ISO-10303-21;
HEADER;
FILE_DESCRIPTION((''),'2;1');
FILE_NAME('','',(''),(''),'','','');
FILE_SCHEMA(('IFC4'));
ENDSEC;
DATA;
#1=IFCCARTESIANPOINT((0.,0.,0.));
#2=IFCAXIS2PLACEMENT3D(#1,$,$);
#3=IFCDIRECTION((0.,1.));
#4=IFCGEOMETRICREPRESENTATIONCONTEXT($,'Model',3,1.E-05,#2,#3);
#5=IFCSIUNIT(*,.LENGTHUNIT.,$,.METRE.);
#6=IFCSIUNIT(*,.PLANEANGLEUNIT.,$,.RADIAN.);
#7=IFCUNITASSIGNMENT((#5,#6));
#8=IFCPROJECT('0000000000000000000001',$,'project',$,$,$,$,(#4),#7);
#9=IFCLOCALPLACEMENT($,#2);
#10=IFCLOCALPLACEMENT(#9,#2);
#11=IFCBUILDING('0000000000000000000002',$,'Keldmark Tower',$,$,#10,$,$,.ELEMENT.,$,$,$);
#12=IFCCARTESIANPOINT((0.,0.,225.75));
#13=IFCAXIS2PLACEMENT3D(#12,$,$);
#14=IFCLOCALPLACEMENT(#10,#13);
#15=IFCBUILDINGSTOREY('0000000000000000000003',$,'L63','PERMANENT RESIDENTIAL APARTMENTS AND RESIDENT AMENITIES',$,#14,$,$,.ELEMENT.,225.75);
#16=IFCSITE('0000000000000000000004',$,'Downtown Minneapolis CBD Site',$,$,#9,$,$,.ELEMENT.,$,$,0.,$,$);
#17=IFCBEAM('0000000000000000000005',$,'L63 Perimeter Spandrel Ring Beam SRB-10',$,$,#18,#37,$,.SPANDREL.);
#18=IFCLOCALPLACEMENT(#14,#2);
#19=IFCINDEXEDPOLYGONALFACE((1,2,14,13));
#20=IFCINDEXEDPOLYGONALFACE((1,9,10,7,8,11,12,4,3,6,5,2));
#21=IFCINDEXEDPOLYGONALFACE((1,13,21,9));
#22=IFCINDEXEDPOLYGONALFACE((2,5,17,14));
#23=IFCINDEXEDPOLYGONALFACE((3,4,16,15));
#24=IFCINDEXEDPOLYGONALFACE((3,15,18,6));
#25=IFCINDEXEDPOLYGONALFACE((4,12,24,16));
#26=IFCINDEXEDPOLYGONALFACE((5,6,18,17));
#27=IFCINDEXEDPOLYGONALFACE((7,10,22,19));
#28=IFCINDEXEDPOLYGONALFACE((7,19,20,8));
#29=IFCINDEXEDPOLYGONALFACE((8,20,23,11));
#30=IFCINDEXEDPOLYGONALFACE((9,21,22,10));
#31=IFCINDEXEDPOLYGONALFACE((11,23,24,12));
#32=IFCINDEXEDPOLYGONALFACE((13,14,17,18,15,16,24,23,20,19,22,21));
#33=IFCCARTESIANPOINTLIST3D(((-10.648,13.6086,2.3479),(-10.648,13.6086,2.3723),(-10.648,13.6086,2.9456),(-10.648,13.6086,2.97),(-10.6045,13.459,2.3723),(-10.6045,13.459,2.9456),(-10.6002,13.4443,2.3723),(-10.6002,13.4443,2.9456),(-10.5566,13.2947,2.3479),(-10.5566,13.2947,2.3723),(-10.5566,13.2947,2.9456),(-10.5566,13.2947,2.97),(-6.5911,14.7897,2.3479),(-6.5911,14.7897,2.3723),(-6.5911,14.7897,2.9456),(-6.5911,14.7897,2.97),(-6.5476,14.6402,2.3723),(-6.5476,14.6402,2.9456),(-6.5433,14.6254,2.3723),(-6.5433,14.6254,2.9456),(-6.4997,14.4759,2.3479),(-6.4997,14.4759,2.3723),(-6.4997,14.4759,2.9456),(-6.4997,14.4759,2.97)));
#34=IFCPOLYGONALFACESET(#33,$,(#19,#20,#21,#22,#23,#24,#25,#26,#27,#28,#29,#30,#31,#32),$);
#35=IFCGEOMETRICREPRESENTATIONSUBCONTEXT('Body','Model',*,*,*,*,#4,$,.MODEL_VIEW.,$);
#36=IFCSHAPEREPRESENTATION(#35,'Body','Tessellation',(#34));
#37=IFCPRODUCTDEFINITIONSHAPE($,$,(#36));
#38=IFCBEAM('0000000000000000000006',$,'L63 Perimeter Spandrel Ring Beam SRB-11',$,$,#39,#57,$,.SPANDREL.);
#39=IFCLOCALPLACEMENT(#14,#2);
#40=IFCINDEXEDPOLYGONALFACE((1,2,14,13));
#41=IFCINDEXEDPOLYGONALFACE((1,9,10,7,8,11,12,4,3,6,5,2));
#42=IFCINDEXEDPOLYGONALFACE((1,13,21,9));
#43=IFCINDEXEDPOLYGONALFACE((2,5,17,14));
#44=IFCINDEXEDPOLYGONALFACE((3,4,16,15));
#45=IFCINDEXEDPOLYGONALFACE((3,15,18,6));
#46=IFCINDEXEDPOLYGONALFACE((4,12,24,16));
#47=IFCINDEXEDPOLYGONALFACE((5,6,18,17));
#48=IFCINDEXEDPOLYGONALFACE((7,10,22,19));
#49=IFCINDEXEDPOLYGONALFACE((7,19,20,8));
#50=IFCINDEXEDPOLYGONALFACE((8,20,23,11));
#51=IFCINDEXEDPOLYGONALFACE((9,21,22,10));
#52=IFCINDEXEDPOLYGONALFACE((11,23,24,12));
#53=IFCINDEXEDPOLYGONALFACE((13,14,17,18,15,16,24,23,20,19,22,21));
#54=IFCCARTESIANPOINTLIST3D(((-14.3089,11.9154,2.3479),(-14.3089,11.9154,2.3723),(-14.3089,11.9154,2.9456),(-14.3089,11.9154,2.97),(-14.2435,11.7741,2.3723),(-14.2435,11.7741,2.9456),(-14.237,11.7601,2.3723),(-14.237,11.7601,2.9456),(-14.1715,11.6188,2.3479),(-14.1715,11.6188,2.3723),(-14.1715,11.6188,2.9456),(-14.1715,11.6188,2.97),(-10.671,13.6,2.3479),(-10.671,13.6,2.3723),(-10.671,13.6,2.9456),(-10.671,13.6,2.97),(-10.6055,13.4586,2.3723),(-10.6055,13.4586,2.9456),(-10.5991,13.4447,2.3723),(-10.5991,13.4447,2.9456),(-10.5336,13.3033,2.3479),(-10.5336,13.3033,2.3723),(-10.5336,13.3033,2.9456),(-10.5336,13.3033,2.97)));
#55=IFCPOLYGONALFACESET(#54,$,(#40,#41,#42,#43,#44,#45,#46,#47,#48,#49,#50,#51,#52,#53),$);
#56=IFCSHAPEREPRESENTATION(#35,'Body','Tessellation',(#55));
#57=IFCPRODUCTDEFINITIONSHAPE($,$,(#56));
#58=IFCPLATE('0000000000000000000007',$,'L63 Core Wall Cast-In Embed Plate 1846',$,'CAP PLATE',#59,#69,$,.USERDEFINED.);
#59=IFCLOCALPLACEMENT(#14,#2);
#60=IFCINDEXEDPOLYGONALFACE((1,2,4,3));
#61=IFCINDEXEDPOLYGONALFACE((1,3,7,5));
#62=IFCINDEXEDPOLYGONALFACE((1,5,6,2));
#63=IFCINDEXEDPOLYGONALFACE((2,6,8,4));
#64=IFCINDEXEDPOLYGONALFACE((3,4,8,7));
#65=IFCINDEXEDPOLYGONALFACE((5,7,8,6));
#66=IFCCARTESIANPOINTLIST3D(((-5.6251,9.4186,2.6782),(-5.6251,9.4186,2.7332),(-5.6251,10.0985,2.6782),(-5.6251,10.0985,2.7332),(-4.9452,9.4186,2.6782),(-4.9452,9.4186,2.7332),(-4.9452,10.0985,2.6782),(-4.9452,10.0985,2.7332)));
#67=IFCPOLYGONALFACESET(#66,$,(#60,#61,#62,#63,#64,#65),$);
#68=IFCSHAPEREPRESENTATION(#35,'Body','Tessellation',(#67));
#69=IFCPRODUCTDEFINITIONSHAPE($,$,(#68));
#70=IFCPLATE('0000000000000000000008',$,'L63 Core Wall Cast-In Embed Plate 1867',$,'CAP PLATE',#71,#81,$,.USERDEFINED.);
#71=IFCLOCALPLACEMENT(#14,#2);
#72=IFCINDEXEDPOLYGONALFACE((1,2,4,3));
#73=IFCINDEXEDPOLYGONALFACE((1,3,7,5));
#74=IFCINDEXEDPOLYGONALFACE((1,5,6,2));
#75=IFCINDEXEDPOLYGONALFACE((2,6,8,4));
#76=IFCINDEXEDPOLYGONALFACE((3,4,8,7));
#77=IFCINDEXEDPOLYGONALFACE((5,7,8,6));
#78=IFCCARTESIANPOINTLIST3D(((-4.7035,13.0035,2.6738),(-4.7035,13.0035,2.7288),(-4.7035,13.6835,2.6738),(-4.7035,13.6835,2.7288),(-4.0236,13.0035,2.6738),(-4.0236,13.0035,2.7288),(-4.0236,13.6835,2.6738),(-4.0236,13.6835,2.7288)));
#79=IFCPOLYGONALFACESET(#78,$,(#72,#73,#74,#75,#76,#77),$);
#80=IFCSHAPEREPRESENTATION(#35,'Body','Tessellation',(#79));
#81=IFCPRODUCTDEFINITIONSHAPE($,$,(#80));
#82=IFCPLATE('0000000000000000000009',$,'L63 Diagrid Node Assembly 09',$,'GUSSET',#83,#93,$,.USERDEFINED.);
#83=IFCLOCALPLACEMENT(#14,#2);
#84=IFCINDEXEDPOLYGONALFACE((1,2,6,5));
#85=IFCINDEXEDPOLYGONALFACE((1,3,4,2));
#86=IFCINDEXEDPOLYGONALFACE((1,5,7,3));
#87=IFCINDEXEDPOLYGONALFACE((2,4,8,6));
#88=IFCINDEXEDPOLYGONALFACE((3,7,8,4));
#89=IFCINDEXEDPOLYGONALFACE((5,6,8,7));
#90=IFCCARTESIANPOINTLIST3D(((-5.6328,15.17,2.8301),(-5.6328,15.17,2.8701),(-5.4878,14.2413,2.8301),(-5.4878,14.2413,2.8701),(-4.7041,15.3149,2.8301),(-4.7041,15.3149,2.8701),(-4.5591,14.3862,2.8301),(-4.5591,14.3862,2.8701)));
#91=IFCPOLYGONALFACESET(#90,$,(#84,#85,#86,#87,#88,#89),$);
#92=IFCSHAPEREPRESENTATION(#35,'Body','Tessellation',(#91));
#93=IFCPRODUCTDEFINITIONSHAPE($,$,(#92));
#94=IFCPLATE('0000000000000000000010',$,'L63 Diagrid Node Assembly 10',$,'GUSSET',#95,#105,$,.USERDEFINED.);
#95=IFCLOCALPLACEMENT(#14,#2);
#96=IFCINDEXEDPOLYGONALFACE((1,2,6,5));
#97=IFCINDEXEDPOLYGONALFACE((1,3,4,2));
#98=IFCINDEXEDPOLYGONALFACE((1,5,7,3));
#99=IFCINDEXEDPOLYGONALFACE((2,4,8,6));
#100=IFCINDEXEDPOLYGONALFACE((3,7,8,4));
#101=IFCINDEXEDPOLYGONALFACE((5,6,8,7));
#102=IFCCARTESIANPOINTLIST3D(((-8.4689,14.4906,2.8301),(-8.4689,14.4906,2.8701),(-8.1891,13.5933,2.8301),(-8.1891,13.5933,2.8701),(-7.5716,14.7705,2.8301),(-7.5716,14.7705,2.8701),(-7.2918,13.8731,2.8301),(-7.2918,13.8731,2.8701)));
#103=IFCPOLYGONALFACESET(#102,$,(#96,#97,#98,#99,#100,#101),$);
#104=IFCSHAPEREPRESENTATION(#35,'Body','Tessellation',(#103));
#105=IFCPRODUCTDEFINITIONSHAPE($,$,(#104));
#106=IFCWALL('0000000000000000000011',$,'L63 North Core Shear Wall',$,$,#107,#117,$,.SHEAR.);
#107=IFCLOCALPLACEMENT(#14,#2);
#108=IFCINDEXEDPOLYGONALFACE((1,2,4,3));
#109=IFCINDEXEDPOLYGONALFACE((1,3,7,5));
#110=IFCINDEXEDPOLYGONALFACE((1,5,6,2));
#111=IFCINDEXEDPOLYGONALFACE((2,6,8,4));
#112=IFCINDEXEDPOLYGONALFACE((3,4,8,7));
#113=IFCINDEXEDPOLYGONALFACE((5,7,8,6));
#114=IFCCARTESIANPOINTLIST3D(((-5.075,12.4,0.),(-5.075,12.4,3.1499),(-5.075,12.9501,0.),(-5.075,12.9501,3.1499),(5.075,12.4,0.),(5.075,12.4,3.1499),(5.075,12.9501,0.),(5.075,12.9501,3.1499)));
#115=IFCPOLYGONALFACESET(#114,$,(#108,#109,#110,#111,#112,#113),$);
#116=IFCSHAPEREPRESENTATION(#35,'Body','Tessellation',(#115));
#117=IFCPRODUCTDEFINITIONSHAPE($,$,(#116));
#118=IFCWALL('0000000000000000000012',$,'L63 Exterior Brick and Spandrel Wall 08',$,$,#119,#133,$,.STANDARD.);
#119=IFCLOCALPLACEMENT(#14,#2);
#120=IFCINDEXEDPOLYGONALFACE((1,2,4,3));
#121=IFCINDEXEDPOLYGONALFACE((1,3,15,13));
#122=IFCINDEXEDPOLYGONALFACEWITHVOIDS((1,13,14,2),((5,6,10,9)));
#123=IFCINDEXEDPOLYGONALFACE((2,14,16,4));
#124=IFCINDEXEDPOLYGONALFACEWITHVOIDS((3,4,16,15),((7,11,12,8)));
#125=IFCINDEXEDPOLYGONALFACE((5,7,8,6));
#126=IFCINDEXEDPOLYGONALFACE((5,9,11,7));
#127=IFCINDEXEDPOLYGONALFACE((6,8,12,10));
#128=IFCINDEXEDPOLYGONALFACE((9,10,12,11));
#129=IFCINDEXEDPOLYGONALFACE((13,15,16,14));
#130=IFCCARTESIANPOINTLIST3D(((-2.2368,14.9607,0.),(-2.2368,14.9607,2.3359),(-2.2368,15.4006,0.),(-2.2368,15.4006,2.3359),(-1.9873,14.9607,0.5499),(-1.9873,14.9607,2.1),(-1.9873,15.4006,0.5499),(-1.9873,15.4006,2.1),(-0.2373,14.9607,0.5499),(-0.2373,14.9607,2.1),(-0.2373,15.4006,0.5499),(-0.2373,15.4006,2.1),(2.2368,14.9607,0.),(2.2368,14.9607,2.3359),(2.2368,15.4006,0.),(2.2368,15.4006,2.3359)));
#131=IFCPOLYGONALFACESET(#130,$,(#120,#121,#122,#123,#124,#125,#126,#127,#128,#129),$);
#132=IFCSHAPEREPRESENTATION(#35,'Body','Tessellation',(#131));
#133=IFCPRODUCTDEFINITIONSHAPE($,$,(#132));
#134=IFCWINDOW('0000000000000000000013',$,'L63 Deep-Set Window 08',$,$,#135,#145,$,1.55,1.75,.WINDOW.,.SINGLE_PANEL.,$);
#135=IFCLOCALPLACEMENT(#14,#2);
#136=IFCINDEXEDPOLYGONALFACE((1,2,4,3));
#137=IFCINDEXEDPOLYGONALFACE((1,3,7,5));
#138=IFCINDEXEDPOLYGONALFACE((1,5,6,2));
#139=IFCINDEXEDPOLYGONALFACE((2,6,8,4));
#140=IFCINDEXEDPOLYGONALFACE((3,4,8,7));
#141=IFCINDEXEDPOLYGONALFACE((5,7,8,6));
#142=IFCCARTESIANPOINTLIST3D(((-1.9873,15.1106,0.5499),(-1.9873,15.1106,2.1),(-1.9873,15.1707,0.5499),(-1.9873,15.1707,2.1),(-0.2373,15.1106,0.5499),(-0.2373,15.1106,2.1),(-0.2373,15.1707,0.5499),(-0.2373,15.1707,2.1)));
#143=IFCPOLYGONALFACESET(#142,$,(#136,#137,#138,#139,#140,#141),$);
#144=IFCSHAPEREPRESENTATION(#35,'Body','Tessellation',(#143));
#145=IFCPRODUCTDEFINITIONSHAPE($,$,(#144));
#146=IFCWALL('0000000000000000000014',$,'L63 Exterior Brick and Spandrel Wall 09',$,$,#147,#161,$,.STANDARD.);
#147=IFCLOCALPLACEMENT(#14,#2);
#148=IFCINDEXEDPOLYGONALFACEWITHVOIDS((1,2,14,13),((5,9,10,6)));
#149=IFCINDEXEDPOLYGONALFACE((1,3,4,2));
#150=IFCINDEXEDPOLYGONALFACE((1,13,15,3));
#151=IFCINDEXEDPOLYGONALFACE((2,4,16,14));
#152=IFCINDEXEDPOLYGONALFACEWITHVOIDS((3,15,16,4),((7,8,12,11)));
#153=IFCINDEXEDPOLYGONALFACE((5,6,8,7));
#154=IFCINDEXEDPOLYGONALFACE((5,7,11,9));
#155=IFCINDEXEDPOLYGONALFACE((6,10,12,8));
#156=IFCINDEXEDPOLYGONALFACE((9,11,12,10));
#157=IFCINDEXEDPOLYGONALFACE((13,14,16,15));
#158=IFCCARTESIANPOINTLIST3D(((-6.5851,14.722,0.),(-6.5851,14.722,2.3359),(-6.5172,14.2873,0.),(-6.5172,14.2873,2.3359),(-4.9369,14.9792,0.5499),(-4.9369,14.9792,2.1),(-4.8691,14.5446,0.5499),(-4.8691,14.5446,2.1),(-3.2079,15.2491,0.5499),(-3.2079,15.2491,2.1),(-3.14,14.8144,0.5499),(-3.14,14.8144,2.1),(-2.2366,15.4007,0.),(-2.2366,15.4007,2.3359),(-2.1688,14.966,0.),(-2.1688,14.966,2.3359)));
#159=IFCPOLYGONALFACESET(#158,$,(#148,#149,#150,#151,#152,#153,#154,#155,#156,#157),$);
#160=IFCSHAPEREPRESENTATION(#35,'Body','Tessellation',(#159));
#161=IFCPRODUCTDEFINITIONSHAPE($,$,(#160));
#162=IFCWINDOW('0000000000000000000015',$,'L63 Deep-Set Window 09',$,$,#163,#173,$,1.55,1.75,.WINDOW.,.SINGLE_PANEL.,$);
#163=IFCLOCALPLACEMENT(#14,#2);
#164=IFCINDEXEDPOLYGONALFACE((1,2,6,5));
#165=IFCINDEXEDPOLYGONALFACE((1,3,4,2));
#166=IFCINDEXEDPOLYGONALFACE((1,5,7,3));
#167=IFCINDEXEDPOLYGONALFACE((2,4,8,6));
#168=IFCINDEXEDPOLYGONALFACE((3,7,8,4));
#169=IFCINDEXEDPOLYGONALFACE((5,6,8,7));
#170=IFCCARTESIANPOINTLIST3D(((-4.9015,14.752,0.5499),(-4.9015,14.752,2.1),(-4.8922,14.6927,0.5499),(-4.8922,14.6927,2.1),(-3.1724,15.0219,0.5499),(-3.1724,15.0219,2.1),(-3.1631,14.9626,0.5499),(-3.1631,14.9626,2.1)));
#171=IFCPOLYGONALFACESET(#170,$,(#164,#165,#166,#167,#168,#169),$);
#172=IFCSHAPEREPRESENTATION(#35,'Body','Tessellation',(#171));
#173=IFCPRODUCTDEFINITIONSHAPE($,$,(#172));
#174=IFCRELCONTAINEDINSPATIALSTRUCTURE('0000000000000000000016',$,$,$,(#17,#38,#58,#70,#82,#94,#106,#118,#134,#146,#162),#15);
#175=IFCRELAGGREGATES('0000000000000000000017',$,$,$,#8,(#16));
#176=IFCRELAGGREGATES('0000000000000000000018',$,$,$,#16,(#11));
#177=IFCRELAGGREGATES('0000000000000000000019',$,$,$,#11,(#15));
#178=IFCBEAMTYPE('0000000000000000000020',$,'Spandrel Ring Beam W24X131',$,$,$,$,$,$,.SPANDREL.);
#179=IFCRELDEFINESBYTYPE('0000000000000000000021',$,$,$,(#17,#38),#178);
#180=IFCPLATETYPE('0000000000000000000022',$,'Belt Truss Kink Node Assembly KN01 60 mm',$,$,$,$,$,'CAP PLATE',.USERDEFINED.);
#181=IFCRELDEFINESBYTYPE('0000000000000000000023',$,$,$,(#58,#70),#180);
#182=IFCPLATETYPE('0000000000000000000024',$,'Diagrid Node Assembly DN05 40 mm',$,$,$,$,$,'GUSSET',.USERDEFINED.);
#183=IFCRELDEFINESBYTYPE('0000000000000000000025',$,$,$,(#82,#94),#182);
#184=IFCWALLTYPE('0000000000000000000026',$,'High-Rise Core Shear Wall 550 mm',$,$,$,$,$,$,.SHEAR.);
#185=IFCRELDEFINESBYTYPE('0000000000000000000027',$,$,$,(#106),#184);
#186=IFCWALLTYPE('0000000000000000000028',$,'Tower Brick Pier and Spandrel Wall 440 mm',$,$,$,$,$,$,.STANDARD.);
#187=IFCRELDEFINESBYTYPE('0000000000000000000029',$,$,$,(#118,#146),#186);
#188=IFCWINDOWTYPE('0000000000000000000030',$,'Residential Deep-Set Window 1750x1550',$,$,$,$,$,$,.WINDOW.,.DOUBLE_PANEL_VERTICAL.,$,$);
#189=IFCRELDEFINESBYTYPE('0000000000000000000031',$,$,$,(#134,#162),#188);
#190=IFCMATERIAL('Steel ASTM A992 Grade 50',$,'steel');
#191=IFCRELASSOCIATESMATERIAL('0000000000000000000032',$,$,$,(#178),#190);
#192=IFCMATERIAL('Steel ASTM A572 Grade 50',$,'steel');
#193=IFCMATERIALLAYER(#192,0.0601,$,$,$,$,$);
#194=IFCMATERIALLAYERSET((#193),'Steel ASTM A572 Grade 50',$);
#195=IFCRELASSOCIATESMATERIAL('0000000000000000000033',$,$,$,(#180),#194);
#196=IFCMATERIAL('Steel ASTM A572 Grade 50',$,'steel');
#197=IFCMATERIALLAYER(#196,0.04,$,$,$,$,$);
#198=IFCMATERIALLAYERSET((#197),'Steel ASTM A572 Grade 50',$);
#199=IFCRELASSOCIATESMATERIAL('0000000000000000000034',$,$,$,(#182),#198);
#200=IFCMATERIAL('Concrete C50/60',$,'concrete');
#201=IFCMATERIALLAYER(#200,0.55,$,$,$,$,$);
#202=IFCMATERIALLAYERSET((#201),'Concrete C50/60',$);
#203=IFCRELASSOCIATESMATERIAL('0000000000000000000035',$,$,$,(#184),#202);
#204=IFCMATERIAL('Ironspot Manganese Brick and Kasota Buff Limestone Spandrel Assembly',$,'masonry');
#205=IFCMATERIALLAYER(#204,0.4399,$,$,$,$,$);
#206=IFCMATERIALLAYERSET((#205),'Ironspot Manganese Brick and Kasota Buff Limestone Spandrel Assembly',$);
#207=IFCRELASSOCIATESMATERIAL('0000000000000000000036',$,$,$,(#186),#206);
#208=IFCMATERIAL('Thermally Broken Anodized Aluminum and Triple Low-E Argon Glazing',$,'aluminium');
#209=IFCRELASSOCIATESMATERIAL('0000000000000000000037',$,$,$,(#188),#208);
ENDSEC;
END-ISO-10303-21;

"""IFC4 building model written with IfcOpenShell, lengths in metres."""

from ifc_helpers import new_model, si_unit, direction, frame, frame_2d, origin, origin_2d, place, context, subcontext, project, spatial, rectangle, i_section, extrude, material, layer, layer_set, material_profile, profile_set, type_object, element, fill, save


model = new_model("IFC4")

# Units and contexts
model_context = context("Model", 3, precision=1e-05, world=origin(), true_north=direction((0.0, 1.0)))
body_context = subcontext(model_context, "Body", "Model", "MODEL_VIEW")
ifc_project = project(units=[si_unit("LENGTHUNIT", "METRE"), si_unit("PLANEANGLEUNIT", "RADIAN")], contexts=[model_context])

# Site, building, storey
site_placement = place(None, origin())
site = spatial("IfcSite", under=ifc_project, at=site_placement, Name="Downtown Minneapolis CBD Site", CompositionType="ELEMENT", RefElevation=0.0)
building_placement = place(site_placement, origin())
building = spatial("IfcBuilding", under=site, at=building_placement, Name="Keldmark Tower", CompositionType="ELEMENT")
storey_placement = place(building_placement, frame((0.0, 0.0, 225.75)))
storey = spatial("IfcBuildingStorey", under=building, at=storey_placement, Name="L63", Description="PERMANENT RESIDENTIAL APARTMENTS AND RESIDENT AMENITIES", CompositionType="ELEMENT", Elevation=225.75)

# Beams
ifc_material_1 = material(Name="Steel ASTM A992 Grade 50", Category="steel")
ifc_material_profile_1 = material_profile(ifc_material_1, i_section(OverallWidth=0.3269, OverallDepth=0.6221, WebThickness=0.0154, FlangeThickness=0.0244, at=origin_2d()), Name="W24X131")
ifc_profile_set_1 = profile_set([ifc_material_profile_1], Name="Steel ASTM A992 Grade 50")
beam_type_1 = type_object("IfcBeamType", Name="Spandrel Ring Beam W24X131", PredefinedType="SPANDREL", material=ifc_profile_set_1)
beam_1_placement = place(storey_placement, frame((-6.5454, 14.6328, 2.6589), z_axis=(-0.960134, -0.279541, 0.0), x_axis=(0.279541, -0.960134, 0.0)))
element("IfcBeam", 1, at=beam_1_placement, inside=storey, type_object=beam_type_1, Name="L63 Perimeter Spandrel Ring Beam SRB-10", PredefinedType="SPANDREL", context=body_context, shape_type="SweptSolid", body=[
    extrude(i_section(OverallWidth=0.3269, OverallDepth=0.6221, WebThickness=0.0154, FlangeThickness=0.0244, at=origin_2d()), origin(), (0.0, 0.0, 1.0), 4.2253),
])
beam_2_placement = place(storey_placement, frame((-10.6023, 13.4517, 2.6589), z_axis=(-0.907435, -0.420193, 0.0), x_axis=(0.420193, -0.907435, 0.0)))
element("IfcBeam", 2, at=beam_2_placement, inside=storey, type_object=beam_type_1, Name="L63 Perimeter Spandrel Ring Beam SRB-11", PredefinedType="SPANDREL", context=body_context, shape_type="SweptSolid", body=[
    extrude(i_section(OverallWidth=0.3269, OverallDepth=0.6221, WebThickness=0.0154, FlangeThickness=0.0244, at=origin_2d()), origin(), (0.0, 0.0, 1.0), 4.009),
])

# Plates
ifc_material_2 = material(Name="Steel ASTM A572 Grade 50", Category="steel")
ifc_layer_1 = layer(ifc_material_2, 0.0601)
ifc_layer_set_1 = layer_set([ifc_layer_1], Name="Steel ASTM A572 Grade 50")
plate_type_1 = type_object("IfcPlateType", Name="Belt Truss Kink Node Assembly KN01 60 mm", ElementType="CAP PLATE", PredefinedType="USERDEFINED", material=ifc_layer_set_1)
for number, where, z_axis, x_axis, name in (
    (3, (-5.2852, 9.7585, 2.6782), (0.0, 0.0, 1.0), (1.0, 0.0, 0.0), "L63 Core Wall Cast-In Embed Plate 1846"),
    (4, (-4.3635, 13.3435, 2.6738), (0.0, 0.0, 1.0), (1.0, 0.0, 0.0), "L63 Core Wall Cast-In Embed Plate 1867"),
):
    element("IfcPlate", number, at=place(storey_placement, frame(where, z_axis=z_axis, x_axis=x_axis)), inside=storey, type_object=plate_type_1, Name=name, ObjectType="CAP PLATE", PredefinedType="USERDEFINED", context=body_context, shape_type="SweptSolid", body=[
        extrude(rectangle(XDim=0.6799, YDim=0.6799, at=origin_2d()), origin(), (0.0, 0.0, 1.0), 0.0549),
    ])
ifc_material_3 = material(Name="Steel ASTM A572 Grade 50", Category="steel")
ifc_layer_2 = layer(ifc_material_3, 0.04)
ifc_layer_set_2 = layer_set([ifc_layer_2], Name="Steel ASTM A572 Grade 50")
plate_type_2 = type_object("IfcPlateType", Name="Diagrid Node Assembly DN05 40 mm", ElementType="GUSSET", PredefinedType="USERDEFINED", material=ifc_layer_set_2)
for number, where, z_axis, x_axis, name in (
    (5, (-5.0959, 14.7781, 2.8301), (0.0, 0.0, 1.0), (-0.988041, -0.154193, 0.0), "L63 Diagrid Node Assembly 09"),
    (6, (-7.8804, 14.1819, 2.8301), (0.0, 0.0, 1.0), (-0.954657, -0.297708, 0.0), "L63 Diagrid Node Assembly 10"),
):
    element("IfcPlate", number, at=place(storey_placement, frame(where, z_axis=z_axis, x_axis=x_axis)), inside=storey, type_object=plate_type_2, Name=name, ObjectType="GUSSET", PredefinedType="USERDEFINED", context=body_context, shape_type="SweptSolid", body=[
        extrude(rectangle(XDim=0.9399, YDim=0.9399, at=origin_2d()), origin(), (0.0, 0.0, 1.0), 0.04),
    ])

# Wall
ifc_material_4 = material(Name="Concrete C50/60", Category="concrete")
ifc_layer_3 = layer(ifc_material_4, 0.55)
ifc_layer_set_3 = layer_set([ifc_layer_3], Name="Concrete C50/60")
wall_type_1 = type_object("IfcWallType", Name="High-Rise Core Shear Wall 550 mm", PredefinedType="SHEAR", material=ifc_layer_set_3)
wall_1_placement = place(storey_placement, frame((-5.075, 12.675, 0.0), z_axis=(0.0, 0.0, 1.0), x_axis=(1.0, 0.0, 0.0)))
element("IfcWall", 7, at=wall_1_placement, inside=storey, type_object=wall_type_1, Name="L63 North Core Shear Wall", PredefinedType="SHEAR", context=body_context, shape_type="SweptSolid", body=[
    extrude(rectangle(XDim=10.1499, YDim=0.55, at=frame_2d((5.075, 0.0))), origin(), (0.0, 0.0, 1.0), 3.1499),
])

# Walls, openings, windows
ifc_material_5 = material(Name="Ironspot Manganese Brick and Kasota Buff Limestone Spandrel Assembly", Category="masonry")
ifc_layer_4 = layer(ifc_material_5, 0.4399)
ifc_layer_set_4 = layer_set([ifc_layer_4], Name="Ironspot Manganese Brick and Kasota Buff Limestone Spandrel Assembly")
wall_type_2 = type_object("IfcWallType", Name="Tower Brick Pier and Spandrel Wall 440 mm", PredefinedType="STANDARD", material=ifc_layer_set_4)
wall_2_placement = place(storey_placement, frame((-2.2368, 15.1807, 0.0), z_axis=(0.0, 0.0, 1.0), x_axis=(1.0, 0.0, 0.0)))
wall_2 = element("IfcWall", 8, at=wall_2_placement, inside=storey, type_object=wall_type_2, Name="L63 Exterior Brick and Spandrel Wall 08", PredefinedType="STANDARD", context=body_context, shape_type="SweptSolid", body=[
    extrude(rectangle(XDim=4.4736, YDim=0.4399, at=frame_2d((2.2368, 0.0))), origin(), (0.0, 0.0, 1.0), 2.3359),
])
opening_1_placement = place(wall_2_placement, frame((0.2495, 0.0, 0.55)))
opening_1 = element("IfcOpeningElement", 9, at=opening_1_placement, cuts=wall_2, PredefinedType="OPENING", context=body_context, shape_type="SweptSolid", body=[
    extrude(rectangle(XDim=1.75, YDim=1.55, at=frame_2d((0.875, 0.7749))), frame((0.0, 0.23, 0.0), z_axis=(0.0, -1.0, 0.0), x_axis=(1.0, 0.0, 0.0)), (0.0, 0.0, 1.0), 0.46),
])
ifc_material_6 = material(Name="Thermally Broken Anodized Aluminum and Triple Low-E Argon Glazing", Category="aluminium")
window_type = type_object("IfcWindowType", Name="Residential Deep-Set Window 1750x1550", PartitioningType="DOUBLE_PANEL_VERTICAL", PredefinedType="WINDOW", material=ifc_material_6)
window_1_placement = place(opening_1_placement, origin())
window_1 = element("IfcWindow", 10, at=window_1_placement, inside=storey, type_object=window_type, Name="L63 Deep-Set Window 08", OverallHeight=1.55, OverallWidth=1.75, PartitioningType="SINGLE_PANEL", PredefinedType="WINDOW", context=body_context, shape_type="SweptSolid", body=[
    extrude(rectangle(XDim=1.75, YDim=1.55, at=frame_2d((0.875, 0.7749))), frame((0.0, -0.01, 0.0), z_axis=(0.0, -1.0, 0.0), x_axis=(1.0, 0.0, 0.0)), (0.0, 0.0, 1.0), 0.0601),
])
fill(opening_1, window_1)
wall_3_placement = place(storey_placement, frame((-6.5513, 14.5046, 0.0), z_axis=(0.0, 0.0, 1.0), x_axis=(0.988037, 0.154216, 0.0)))
wall_3 = element("IfcWall", 11, at=wall_3_placement, inside=storey, type_object=wall_type_2, Name="L63 Exterior Brick and Spandrel Wall 09", PredefinedType="STANDARD", context=body_context, shape_type="SweptSolid", body=[
    extrude(rectangle(XDim=4.4011, YDim=0.4399, at=frame_2d((2.2007, 0.0))), origin(), (0.0, 0.0, 1.0), 2.3359),
])
opening_2_placement = place(wall_3_placement, frame((1.6682, 0.0, 0.55)))
opening_2 = element("IfcOpeningElement", 12, at=opening_2_placement, cuts=wall_3, PredefinedType="OPENING", context=body_context, shape_type="SweptSolid", body=[
    extrude(rectangle(XDim=1.75, YDim=1.55, at=frame_2d((0.875, 0.7749))), frame((0.0, 0.23, 0.0), z_axis=(0.0, -1.0, 0.0), x_axis=(1.0, 0.0, 0.0)), (0.0, 0.0, 1.0), 0.46),
])
window_2_placement = place(opening_2_placement, origin())
window_2 = element("IfcWindow", 13, at=window_2_placement, inside=storey, type_object=window_type, Name="L63 Deep-Set Window 09", OverallHeight=1.55, OverallWidth=1.75, PartitioningType="SINGLE_PANEL", PredefinedType="WINDOW", context=body_context, shape_type="SweptSolid", body=[
    extrude(rectangle(XDim=1.75, YDim=1.55, at=frame_2d((0.875, 0.7749))), frame((0.0, -0.01, 0.0), z_axis=(0.0, -1.0, 0.0), x_axis=(1.0, 0.0, 0.0)), (0.0, 0.0, 1.0), 0.0601),
])
fill(opening_2, window_2)

save(model, "model.ifc")
